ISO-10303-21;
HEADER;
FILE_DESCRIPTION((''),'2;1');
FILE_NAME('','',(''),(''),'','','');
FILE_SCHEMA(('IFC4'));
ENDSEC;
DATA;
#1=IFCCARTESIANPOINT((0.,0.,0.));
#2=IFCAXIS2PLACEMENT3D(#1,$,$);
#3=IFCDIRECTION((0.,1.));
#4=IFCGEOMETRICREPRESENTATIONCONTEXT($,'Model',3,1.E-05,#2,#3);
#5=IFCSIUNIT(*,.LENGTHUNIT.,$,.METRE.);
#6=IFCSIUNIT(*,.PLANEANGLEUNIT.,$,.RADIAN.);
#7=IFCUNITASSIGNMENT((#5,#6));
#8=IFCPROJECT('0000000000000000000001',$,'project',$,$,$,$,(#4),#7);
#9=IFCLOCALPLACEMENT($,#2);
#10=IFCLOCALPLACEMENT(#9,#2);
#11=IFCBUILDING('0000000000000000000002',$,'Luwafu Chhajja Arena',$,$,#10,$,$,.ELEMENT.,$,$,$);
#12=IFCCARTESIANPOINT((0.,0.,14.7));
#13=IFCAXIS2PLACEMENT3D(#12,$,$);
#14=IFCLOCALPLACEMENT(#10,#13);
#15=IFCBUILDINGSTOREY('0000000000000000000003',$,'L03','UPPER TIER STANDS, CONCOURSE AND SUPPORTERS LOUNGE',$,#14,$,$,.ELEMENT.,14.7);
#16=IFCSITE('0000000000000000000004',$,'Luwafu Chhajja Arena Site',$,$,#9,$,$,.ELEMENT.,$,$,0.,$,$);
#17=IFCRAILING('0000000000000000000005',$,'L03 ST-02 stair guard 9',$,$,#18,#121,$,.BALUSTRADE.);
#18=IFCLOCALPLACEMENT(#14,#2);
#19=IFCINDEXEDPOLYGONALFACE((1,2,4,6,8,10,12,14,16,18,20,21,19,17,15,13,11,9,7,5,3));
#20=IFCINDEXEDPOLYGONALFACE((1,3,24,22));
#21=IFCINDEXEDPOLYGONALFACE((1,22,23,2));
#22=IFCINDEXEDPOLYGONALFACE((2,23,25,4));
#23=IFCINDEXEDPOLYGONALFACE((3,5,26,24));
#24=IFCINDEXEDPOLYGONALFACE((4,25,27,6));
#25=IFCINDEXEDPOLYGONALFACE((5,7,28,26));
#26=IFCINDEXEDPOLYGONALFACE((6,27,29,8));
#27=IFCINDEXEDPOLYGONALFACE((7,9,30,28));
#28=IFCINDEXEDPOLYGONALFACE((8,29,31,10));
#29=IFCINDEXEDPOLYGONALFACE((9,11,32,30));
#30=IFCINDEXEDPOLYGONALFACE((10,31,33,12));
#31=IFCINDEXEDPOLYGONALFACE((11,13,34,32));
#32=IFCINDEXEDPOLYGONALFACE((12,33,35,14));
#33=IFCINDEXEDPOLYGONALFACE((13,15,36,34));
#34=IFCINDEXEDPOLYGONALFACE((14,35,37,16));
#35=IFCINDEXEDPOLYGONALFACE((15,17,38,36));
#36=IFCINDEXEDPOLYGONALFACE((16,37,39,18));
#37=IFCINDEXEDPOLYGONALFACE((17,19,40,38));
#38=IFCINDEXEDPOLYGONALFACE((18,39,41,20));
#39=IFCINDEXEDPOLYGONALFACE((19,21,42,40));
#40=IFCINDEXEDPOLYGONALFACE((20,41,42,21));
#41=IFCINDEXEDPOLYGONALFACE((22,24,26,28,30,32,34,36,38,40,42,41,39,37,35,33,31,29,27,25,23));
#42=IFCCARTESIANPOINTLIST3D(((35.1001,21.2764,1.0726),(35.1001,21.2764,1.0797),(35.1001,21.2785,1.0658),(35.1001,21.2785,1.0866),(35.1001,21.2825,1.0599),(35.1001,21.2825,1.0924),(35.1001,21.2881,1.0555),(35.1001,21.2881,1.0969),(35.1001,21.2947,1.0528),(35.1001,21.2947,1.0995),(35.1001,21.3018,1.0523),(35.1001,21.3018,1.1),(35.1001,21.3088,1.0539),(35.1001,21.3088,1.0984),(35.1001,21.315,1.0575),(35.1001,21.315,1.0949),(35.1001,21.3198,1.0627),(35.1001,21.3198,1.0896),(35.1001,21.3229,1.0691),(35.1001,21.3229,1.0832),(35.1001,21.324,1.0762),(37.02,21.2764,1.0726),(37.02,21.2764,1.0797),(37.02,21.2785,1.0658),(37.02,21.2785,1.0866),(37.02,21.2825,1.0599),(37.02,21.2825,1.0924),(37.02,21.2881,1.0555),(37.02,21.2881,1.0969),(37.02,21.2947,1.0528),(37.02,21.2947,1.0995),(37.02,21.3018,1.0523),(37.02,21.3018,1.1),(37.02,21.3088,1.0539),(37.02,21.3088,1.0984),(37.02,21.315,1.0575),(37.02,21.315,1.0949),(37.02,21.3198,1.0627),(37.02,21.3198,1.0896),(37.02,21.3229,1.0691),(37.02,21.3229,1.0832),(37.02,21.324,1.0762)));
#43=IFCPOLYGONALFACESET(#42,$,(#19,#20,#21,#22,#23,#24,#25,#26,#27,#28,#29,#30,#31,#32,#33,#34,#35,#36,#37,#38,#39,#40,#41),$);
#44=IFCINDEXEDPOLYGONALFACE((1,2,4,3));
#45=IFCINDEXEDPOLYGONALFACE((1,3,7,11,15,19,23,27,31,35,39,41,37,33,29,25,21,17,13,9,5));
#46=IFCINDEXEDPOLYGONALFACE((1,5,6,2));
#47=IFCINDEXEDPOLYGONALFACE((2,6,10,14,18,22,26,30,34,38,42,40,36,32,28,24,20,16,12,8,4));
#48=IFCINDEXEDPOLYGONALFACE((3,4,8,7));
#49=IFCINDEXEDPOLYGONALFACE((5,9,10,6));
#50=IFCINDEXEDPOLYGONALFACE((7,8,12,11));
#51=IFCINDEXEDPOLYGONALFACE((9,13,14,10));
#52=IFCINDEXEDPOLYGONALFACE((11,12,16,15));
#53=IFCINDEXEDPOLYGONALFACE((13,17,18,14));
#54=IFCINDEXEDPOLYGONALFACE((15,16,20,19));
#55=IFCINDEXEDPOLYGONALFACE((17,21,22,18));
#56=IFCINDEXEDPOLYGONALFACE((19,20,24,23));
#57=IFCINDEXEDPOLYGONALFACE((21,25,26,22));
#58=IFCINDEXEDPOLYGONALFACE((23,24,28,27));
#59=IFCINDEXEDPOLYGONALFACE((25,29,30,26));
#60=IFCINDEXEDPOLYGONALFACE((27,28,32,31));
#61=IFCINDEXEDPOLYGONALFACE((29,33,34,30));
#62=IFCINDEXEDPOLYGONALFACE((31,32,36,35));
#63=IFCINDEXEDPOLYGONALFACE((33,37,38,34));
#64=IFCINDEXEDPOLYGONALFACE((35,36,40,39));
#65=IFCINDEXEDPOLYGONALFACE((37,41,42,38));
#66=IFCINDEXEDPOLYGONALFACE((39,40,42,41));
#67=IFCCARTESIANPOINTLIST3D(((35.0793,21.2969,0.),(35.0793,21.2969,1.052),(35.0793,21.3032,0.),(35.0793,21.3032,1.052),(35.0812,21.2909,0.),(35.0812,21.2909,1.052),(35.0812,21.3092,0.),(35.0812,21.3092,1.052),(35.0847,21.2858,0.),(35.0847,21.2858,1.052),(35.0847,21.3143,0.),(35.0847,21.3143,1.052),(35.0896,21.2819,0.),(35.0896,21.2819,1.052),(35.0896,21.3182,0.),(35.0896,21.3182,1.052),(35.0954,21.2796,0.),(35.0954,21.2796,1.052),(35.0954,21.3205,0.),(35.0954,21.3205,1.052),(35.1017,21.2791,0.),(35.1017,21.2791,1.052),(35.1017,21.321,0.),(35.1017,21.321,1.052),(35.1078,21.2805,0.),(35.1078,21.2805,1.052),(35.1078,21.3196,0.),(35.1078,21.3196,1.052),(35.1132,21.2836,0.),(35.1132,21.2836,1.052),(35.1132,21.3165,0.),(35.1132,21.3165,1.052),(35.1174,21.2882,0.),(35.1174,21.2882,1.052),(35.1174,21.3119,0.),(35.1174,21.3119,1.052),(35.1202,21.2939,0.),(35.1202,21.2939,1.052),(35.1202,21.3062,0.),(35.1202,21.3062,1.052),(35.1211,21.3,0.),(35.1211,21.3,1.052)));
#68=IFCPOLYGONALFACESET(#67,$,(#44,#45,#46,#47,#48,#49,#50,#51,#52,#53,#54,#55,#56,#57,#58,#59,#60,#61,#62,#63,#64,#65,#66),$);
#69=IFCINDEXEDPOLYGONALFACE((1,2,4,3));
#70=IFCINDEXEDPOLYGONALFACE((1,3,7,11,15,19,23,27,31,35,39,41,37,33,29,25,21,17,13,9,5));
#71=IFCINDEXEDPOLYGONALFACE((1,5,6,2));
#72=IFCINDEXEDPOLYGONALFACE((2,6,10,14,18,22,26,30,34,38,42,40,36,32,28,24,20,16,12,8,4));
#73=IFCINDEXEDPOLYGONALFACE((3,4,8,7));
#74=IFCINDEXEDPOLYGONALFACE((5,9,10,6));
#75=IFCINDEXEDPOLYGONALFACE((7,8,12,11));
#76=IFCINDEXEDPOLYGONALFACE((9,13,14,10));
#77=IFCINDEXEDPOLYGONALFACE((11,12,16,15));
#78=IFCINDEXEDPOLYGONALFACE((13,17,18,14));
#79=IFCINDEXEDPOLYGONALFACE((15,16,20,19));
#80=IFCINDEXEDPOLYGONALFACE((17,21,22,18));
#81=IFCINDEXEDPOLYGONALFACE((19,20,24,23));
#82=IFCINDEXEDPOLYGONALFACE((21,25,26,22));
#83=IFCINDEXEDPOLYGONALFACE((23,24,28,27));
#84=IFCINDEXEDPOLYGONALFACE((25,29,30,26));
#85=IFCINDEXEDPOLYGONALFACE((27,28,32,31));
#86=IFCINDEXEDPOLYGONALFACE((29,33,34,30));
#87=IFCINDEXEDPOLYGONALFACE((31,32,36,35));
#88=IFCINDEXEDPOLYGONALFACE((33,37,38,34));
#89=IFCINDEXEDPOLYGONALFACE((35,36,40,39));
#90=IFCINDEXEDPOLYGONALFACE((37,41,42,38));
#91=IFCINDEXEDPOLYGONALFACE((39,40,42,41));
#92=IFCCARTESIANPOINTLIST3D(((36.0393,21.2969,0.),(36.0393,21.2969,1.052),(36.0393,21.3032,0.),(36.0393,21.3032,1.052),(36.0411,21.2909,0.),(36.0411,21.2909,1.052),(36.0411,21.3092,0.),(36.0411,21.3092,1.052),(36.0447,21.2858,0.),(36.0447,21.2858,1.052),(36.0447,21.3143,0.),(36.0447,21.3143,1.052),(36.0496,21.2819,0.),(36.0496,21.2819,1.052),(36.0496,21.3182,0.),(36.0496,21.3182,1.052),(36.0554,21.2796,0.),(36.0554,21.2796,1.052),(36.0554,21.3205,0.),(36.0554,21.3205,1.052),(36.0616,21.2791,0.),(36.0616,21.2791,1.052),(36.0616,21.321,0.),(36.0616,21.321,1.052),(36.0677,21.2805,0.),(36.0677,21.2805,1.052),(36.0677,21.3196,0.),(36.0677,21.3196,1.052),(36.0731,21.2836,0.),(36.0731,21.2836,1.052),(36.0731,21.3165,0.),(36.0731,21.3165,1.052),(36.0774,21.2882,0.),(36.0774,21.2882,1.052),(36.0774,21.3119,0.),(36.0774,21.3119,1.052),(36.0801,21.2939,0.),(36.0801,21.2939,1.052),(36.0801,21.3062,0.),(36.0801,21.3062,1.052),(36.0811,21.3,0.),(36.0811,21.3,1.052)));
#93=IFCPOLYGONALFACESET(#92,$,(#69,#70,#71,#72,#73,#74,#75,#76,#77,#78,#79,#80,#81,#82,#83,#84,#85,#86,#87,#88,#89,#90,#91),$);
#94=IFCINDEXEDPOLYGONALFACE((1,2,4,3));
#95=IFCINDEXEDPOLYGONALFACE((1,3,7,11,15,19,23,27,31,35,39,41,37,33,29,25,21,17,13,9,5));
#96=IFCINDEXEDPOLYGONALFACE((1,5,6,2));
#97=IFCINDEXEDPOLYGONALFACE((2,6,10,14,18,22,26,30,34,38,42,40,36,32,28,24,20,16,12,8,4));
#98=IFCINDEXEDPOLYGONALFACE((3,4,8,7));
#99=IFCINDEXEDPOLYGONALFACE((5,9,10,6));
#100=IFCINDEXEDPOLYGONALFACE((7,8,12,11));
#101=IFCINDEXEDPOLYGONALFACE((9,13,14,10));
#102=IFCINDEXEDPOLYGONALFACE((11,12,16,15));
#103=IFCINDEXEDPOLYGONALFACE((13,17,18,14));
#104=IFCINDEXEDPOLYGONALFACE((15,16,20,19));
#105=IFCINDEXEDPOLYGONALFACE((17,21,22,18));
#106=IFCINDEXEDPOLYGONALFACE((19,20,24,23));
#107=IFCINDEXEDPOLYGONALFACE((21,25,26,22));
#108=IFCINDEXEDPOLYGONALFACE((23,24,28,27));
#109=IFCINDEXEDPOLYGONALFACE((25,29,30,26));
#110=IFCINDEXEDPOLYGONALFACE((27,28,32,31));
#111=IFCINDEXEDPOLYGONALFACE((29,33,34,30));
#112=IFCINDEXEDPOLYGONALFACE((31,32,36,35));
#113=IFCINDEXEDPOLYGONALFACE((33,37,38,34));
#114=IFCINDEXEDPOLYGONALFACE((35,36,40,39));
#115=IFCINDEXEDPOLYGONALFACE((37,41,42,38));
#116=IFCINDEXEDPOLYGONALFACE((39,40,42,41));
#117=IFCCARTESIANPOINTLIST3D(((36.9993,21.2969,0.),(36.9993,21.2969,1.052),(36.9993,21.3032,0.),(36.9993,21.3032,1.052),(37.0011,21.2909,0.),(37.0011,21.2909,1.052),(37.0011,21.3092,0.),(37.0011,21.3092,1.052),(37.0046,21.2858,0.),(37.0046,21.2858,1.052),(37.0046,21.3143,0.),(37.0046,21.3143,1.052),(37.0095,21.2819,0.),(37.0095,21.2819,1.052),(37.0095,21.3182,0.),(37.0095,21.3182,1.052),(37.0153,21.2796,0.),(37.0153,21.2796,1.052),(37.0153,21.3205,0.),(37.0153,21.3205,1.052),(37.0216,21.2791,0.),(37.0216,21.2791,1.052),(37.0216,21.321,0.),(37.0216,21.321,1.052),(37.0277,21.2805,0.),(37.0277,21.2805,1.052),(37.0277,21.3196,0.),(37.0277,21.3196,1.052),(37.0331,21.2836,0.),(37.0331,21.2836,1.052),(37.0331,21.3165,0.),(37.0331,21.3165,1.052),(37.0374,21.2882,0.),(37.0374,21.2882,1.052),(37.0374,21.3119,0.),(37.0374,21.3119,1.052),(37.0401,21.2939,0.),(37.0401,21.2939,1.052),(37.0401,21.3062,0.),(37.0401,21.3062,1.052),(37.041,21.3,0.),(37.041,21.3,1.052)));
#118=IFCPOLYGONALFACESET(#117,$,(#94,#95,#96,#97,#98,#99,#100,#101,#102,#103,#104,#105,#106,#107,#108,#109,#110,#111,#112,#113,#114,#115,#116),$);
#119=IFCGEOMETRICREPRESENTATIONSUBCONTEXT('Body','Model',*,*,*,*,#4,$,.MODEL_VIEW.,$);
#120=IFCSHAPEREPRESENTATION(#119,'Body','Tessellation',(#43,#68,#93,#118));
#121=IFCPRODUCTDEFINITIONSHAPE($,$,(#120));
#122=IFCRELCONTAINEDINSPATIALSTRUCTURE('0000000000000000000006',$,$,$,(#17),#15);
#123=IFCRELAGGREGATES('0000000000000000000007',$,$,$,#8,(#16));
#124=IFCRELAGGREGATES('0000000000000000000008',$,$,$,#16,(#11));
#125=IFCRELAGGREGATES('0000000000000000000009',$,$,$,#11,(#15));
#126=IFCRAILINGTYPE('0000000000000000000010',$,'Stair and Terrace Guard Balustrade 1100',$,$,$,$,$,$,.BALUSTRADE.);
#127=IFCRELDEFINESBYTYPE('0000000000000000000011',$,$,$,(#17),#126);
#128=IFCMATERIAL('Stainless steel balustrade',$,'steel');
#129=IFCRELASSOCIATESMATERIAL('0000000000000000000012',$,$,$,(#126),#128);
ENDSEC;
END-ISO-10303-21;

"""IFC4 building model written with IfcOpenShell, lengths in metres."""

from ifc_helpers import new_model, si_unit, direction, frame, origin, origin_2d, place, context, subcontext, project, spatial, circle, extrude, material, type_object, element, save


model = new_model("IFC4")

# Units and contexts
model_context = context("Model", 3, precision=1e-05, world=origin(), true_north=direction((0.0, 1.0)))
body_context = subcontext(model_context, "Body", "Model", "MODEL_VIEW")
ifc_project = project(units=[si_unit("LENGTHUNIT", "METRE"), si_unit("PLANEANGLEUNIT", "RADIAN")], contexts=[model_context])

# Site, building, storey
site_placement = place(None, origin())
site = spatial("IfcSite", under=ifc_project, at=site_placement, Name="Luwafu Chhajja Arena Site", CompositionType="ELEMENT", RefElevation=0.0)
building_placement = place(site_placement, origin())
building = spatial("IfcBuilding", under=site, at=building_placement, Name="Luwafu Chhajja Arena", CompositionType="ELEMENT")
storey_placement = place(building_placement, frame((0.0, 0.0, 14.7)))
storey = spatial("IfcBuildingStorey", under=building, at=storey_placement, Name="L03", Description="UPPER TIER STANDS, CONCOURSE AND SUPPORTERS LOUNGE", CompositionType="ELEMENT", Elevation=14.7)

# Railing
ifc_material_1 = material(Name="Stainless steel balustrade", Category="steel")
railing_type_1 = type_object("IfcRailingType", Name="Stair and Terrace Guard Balustrade 1100", PredefinedType="BALUSTRADE", material=ifc_material_1)
railing_1_placement = place(storey_placement, frame((35.1001, 21.3, 0.0)))
element("IfcRailing", 1, at=railing_1_placement, inside=storey, type_object=railing_type_1, Name="L03 ST-02 stair guard 9", PredefinedType="BALUSTRADE", context=body_context, shape_type="SweptSolid", body=[
    extrude(circle(Radius=0.0239, at=origin_2d()), frame((0.0, 0.0, 1.0762), z_axis=(1.0, 0.0, 0.0), x_axis=(0.0, 1.0, 0.0)), (0.0, 0.0, 1.0), 1.9199),
    extrude(circle(Radius=0.021, at=origin_2d()), origin(), (0.0, 0.0, 1.0), 1.052),
    extrude(circle(Radius=0.021, at=origin_2d()), frame((0.96, 0.0, 0.0)), (0.0, 0.0, 1.0), 1.052),
    extrude(circle(Radius=0.021, at=origin_2d()), frame((1.9199, 0.0, 0.0)), (0.0, 0.0, 1.0), 1.052),
])

save(model, "model.ifc")
